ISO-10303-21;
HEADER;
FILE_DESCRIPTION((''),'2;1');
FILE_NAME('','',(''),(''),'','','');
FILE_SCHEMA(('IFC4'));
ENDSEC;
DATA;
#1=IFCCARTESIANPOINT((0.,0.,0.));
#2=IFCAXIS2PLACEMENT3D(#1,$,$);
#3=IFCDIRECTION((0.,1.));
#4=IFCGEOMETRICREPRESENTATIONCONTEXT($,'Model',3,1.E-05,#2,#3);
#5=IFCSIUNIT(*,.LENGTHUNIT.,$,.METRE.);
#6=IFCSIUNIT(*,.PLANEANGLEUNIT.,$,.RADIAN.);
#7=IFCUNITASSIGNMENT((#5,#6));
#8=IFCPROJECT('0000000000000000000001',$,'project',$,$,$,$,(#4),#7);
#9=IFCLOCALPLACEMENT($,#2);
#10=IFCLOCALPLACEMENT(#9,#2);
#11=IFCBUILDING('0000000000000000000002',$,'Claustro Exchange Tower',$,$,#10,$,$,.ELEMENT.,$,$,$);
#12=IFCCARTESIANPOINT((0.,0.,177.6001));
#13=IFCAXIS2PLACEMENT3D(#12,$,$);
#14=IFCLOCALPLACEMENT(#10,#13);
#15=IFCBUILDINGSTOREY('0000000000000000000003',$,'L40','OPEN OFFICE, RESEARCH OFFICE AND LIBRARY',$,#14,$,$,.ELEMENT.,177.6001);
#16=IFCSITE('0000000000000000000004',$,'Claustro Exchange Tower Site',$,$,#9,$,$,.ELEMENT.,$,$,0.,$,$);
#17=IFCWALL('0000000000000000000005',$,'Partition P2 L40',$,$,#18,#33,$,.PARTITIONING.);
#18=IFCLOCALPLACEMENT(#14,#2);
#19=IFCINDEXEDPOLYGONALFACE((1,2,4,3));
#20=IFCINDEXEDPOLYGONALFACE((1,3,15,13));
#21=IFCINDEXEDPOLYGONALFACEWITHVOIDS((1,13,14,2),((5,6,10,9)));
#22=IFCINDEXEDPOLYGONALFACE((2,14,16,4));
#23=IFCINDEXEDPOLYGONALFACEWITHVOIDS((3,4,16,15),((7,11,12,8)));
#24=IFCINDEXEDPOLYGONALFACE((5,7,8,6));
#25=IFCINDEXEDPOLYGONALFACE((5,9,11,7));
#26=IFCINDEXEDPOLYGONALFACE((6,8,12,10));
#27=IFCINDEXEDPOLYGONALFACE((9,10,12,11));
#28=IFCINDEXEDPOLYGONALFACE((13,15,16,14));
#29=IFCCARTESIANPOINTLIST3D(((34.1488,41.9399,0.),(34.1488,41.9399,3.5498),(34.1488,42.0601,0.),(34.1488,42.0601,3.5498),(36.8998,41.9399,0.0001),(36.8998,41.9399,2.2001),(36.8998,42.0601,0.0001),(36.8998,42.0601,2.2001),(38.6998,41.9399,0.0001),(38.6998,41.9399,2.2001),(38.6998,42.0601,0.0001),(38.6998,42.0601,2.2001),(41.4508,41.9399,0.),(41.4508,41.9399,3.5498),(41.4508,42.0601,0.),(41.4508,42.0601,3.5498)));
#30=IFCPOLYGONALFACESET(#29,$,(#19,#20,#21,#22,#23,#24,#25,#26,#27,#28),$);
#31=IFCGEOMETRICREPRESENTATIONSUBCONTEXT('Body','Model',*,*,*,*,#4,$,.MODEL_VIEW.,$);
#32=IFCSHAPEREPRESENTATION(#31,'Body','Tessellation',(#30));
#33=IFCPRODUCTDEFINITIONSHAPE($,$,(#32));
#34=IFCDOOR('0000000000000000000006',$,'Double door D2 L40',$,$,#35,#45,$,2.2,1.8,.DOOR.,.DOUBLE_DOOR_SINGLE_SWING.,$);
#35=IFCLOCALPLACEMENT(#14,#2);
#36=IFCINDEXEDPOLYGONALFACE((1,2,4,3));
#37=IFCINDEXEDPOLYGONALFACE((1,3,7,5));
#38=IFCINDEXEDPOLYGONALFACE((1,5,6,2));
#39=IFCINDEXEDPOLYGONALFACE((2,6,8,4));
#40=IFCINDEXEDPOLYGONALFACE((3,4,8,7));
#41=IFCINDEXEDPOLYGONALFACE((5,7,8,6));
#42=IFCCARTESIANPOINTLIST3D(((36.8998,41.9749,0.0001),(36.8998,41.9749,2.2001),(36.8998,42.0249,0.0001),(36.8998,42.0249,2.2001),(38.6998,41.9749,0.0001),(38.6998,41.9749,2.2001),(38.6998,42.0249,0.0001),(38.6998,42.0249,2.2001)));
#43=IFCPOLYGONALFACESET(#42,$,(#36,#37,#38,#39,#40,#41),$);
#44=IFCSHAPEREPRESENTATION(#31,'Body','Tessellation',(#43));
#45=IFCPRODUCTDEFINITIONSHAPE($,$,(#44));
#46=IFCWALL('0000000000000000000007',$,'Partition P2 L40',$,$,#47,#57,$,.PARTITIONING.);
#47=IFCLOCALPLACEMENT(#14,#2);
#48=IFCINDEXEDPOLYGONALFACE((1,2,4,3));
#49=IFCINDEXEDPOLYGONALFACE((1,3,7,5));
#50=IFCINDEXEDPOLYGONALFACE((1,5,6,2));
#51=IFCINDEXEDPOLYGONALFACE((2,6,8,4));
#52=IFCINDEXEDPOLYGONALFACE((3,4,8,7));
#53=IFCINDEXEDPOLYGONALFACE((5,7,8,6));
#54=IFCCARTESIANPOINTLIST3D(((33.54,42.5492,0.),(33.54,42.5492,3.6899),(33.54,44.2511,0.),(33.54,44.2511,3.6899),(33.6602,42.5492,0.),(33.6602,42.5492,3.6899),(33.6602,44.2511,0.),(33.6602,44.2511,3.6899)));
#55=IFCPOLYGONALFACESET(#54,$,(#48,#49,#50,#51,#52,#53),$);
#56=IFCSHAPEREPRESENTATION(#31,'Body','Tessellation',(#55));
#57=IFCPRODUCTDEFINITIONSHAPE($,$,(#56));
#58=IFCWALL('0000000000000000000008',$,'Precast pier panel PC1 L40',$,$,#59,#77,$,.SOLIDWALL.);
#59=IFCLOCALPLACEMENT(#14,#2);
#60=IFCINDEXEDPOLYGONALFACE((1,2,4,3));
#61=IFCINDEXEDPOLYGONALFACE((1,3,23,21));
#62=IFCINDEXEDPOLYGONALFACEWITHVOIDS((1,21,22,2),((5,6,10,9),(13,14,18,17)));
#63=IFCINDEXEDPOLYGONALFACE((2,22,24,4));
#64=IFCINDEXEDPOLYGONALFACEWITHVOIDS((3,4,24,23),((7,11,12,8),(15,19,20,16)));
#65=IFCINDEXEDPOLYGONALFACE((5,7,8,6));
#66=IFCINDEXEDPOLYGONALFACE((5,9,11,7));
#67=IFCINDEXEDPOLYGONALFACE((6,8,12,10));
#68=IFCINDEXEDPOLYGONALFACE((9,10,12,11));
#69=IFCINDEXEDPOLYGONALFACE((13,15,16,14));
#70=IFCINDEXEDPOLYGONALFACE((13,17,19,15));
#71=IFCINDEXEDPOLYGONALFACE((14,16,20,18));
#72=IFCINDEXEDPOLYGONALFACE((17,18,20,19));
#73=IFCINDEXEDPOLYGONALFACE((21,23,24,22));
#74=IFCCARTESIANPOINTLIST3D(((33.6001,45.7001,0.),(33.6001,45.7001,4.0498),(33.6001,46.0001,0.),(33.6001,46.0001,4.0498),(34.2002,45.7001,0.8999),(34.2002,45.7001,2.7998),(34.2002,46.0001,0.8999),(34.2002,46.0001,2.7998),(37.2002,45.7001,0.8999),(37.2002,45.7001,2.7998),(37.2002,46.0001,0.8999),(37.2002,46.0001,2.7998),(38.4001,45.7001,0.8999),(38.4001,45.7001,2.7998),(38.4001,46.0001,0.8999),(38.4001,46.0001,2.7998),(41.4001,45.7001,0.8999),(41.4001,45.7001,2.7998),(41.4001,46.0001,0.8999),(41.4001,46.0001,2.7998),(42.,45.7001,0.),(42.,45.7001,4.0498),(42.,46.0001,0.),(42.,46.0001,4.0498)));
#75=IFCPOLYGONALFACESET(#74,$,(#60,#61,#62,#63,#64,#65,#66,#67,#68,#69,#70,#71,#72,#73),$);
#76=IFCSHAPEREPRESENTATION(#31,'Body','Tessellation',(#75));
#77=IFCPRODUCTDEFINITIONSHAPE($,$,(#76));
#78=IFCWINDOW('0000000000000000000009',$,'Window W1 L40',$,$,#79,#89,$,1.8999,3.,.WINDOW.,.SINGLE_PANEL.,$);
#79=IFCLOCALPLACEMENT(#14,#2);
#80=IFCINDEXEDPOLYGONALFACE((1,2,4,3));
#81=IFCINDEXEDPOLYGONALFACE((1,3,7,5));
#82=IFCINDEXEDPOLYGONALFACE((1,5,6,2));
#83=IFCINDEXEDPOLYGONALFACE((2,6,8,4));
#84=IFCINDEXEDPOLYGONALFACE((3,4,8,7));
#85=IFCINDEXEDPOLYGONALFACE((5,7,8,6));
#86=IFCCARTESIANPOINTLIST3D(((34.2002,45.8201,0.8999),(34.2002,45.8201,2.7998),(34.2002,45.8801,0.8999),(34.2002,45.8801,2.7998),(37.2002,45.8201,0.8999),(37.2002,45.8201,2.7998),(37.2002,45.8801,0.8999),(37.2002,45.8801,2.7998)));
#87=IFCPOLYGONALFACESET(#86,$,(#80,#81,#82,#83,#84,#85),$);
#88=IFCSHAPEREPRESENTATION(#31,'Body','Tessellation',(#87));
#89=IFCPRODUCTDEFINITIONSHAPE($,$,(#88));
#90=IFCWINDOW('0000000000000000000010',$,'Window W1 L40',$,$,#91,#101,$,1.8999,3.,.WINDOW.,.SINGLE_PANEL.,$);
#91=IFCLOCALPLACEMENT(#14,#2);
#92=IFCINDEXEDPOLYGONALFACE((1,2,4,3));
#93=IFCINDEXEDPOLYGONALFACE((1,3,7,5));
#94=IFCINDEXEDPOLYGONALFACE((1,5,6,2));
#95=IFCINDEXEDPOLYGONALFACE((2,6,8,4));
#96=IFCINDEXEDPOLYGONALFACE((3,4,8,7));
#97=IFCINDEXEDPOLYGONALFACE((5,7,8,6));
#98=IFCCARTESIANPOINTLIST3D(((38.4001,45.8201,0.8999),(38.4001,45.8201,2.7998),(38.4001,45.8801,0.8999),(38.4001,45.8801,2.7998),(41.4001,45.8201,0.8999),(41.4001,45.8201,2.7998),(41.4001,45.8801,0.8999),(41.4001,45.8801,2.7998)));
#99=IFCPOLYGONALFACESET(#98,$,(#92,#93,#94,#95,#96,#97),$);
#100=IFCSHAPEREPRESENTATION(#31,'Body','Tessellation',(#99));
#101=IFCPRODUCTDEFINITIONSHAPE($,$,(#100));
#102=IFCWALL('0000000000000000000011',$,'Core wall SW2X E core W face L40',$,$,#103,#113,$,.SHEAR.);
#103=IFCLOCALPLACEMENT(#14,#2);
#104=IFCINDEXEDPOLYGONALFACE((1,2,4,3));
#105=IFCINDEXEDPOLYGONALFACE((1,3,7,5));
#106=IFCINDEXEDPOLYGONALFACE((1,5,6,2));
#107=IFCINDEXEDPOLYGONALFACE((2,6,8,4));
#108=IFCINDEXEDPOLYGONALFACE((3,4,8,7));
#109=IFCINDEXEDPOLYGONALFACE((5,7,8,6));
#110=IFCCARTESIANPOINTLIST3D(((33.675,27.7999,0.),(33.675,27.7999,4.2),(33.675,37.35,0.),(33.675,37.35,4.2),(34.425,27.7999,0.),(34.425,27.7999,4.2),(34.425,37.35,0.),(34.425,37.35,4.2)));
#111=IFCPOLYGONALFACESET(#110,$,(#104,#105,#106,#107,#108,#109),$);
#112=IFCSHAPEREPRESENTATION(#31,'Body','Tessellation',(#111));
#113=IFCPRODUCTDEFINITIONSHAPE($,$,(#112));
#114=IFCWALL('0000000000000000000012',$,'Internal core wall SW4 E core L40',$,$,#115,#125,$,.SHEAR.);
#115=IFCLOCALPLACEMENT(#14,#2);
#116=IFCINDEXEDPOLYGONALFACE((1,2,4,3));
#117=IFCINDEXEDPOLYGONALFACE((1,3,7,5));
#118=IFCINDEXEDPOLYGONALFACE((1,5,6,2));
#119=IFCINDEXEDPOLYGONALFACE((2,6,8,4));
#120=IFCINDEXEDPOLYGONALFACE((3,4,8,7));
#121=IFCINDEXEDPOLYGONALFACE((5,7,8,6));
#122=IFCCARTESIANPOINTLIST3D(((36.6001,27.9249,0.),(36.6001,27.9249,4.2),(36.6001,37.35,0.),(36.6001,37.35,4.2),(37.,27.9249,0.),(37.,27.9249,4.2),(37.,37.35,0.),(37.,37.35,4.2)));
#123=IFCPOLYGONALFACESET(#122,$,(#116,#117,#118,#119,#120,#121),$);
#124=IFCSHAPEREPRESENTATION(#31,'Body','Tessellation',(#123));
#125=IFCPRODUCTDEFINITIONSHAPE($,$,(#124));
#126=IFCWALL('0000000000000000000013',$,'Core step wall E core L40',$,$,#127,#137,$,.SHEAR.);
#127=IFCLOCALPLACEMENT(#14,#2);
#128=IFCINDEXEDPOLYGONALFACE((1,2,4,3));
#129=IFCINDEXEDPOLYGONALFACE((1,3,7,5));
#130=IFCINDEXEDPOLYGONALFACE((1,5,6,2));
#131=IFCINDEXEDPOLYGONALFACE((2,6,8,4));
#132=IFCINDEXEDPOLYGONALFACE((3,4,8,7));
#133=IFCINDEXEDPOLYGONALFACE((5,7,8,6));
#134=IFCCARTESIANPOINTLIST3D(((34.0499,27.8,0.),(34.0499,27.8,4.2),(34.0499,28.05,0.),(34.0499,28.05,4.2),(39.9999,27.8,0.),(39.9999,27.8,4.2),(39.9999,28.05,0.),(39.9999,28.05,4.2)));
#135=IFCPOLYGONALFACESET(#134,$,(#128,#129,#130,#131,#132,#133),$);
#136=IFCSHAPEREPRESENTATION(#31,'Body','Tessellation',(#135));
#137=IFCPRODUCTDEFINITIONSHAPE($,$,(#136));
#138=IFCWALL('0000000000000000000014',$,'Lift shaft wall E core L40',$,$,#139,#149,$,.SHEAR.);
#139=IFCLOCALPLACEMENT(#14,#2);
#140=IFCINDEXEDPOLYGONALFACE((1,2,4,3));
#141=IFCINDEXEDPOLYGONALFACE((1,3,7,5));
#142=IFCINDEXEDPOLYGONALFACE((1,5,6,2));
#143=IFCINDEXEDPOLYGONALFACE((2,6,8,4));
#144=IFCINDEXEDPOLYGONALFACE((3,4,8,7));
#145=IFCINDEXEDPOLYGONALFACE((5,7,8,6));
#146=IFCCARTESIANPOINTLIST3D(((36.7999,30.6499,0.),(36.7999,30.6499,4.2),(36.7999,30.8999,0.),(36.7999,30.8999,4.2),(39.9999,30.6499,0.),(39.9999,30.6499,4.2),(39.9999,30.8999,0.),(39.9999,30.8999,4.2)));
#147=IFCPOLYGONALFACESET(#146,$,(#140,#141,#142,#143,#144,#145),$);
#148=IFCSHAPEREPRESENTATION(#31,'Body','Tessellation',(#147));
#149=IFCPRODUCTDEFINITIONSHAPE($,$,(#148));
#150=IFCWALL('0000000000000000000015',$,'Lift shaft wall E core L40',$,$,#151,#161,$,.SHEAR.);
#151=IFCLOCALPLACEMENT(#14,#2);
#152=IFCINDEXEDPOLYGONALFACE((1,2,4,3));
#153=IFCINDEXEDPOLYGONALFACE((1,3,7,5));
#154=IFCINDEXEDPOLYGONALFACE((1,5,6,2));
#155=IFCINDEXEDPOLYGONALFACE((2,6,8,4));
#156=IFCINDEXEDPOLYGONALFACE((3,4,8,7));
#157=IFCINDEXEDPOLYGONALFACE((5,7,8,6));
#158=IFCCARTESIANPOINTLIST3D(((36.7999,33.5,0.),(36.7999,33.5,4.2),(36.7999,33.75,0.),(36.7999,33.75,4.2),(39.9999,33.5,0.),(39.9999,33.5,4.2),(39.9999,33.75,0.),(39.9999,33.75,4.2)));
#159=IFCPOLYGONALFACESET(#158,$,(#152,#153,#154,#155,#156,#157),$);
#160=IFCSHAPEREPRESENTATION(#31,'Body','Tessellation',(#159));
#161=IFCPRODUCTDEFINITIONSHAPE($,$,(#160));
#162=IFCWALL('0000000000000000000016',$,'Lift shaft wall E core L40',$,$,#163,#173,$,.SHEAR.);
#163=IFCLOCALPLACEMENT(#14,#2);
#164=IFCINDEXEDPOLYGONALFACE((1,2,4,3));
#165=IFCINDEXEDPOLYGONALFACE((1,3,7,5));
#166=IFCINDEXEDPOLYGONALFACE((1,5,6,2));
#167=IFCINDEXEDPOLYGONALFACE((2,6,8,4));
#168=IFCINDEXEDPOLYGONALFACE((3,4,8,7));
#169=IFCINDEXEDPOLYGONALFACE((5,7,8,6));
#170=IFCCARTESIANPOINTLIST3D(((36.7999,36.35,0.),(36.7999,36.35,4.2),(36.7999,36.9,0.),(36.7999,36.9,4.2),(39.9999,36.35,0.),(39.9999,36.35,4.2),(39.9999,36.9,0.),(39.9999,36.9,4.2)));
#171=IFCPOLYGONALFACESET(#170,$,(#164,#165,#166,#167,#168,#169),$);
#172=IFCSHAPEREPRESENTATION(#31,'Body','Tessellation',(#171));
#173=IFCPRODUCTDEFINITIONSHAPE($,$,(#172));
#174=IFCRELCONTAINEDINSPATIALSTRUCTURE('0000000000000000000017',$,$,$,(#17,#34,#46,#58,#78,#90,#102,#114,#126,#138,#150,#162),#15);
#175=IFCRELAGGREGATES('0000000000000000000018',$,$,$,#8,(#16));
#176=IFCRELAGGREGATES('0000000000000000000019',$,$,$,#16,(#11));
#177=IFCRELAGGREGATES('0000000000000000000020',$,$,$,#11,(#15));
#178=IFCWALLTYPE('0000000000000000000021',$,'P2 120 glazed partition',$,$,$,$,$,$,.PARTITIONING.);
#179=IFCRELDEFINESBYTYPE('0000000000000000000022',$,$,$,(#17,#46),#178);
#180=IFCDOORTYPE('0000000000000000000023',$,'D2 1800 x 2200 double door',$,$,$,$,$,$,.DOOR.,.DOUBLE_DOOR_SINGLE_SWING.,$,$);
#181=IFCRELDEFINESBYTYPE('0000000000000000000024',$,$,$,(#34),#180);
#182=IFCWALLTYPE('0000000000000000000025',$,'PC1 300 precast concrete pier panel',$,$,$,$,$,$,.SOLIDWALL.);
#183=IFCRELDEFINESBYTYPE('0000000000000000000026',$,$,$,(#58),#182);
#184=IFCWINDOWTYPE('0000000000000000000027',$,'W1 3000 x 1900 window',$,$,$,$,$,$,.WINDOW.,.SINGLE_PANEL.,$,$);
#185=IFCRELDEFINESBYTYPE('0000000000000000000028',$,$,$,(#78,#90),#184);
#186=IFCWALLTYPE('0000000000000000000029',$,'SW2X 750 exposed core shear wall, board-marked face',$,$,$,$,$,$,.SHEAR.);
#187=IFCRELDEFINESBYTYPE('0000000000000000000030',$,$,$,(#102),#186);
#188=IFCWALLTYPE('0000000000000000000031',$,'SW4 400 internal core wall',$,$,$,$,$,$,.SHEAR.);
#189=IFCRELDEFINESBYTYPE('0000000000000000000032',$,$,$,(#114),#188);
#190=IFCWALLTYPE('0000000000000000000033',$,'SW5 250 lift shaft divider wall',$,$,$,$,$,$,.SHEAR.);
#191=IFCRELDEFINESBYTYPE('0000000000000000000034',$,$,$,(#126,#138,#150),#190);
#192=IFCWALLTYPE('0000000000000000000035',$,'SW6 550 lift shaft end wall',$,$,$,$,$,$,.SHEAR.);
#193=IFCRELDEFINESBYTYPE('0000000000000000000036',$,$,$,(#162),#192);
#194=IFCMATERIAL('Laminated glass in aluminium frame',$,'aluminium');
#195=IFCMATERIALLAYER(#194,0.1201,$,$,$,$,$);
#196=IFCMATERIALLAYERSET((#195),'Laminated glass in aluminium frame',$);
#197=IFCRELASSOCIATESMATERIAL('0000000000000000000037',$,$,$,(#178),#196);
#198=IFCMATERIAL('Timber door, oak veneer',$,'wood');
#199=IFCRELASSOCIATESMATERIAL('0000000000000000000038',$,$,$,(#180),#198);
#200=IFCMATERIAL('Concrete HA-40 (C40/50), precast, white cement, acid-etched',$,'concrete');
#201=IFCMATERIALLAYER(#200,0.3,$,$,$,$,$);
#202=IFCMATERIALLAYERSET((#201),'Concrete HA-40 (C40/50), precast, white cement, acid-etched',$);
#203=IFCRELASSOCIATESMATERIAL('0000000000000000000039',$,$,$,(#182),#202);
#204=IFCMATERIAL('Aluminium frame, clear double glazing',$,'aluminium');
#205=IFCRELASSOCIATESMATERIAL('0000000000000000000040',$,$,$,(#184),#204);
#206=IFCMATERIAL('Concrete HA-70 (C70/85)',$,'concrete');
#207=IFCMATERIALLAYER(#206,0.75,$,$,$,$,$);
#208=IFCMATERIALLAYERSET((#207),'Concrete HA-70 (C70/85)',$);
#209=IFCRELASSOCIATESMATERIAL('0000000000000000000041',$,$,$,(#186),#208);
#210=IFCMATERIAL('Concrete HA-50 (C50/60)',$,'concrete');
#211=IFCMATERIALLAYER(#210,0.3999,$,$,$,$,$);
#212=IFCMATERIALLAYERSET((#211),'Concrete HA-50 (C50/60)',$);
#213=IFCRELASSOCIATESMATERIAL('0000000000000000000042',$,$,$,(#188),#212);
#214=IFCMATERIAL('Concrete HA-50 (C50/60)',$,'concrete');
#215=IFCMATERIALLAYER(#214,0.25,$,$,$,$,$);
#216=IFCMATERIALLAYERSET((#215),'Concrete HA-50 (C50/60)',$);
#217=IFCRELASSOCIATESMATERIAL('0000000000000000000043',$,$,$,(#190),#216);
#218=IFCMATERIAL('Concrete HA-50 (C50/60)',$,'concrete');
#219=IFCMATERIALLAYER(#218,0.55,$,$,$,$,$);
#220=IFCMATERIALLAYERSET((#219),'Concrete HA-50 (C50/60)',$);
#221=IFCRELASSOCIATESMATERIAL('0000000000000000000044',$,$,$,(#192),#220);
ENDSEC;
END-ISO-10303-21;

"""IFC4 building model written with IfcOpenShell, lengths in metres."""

from ifc_helpers import new_model, si_unit, direction, frame, frame_2d, origin, place, context, subcontext, project, spatial, rectangle, extrude, material, layer, layer_set, type_object, element, fill, save


model = new_model("IFC4")

# Units and contexts
model_context = context("Model", 3, precision=1e-05, world=origin(), true_north=direction((0.0, 1.0)))
body_context = subcontext(model_context, "Body", "Model", "MODEL_VIEW")
ifc_project = project(units=[si_unit("LENGTHUNIT", "METRE"), si_unit("PLANEANGLEUNIT", "RADIAN")], contexts=[model_context])

# Site, building, storey
site_placement = place(None, origin())
site = spatial("IfcSite", under=ifc_project, at=site_placement, Name="Claustro Exchange Tower Site", CompositionType="ELEMENT", RefElevation=0.0)
building_placement = place(site_placement, origin())
building = spatial("IfcBuilding", under=site, at=building_placement, Name="Claustro Exchange Tower", CompositionType="ELEMENT")
storey_placement = place(building_placement, frame((0.0, 0.0, 177.6001)))
storey = spatial("IfcBuildingStorey", under=building, at=storey_placement, Name="L40", Description="OPEN OFFICE, RESEARCH OFFICE AND LIBRARY", CompositionType="ELEMENT", Elevation=177.6001)

# Wall, opening, door
ifc_material_1 = material(Name="Laminated glass in aluminium frame", Category="aluminium")
ifc_layer_1 = layer(ifc_material_1, 0.1201)
ifc_layer_set_1 = layer_set([ifc_layer_1], Name="Laminated glass in aluminium frame")
wall_type_1 = type_object("IfcWallType", Name="P2 120 glazed partition", PredefinedType="PARTITIONING", material=ifc_layer_set_1)
wall_1_placement = place(storey_placement, frame((34.1489, 42.0, 0.0), z_axis=(0.0, 0.0, 1.0), x_axis=(1.0, 0.0, 0.0)))
wall_1 = element("IfcWall", 1, at=wall_1_placement, inside=storey, type_object=wall_type_1, Name="Partition P2 L40", PredefinedType="PARTITIONING", context=body_context, shape_type="SweptSolid", body=[
    extrude(rectangle(XDim=7.302, YDim=0.1201, at=frame_2d((3.6509, 0.0))), origin(), (0.0, 0.0, 1.0), 3.5498),
])
opening_1_placement = place(wall_1_placement, frame((2.751, 0.0, 0.0)))
opening_1 = element("IfcOpeningElement", 2, at=opening_1_placement, cuts=wall_1, PredefinedType="OPENING", context=body_context, shape_type="SweptSolid", body=[
    extrude(rectangle(XDim=1.8, YDim=2.2, at=frame_2d((0.8999, 1.1001))), frame((0.0, 0.0701, 0.0), z_axis=(0.0, -1.0, 0.0), x_axis=(1.0, 0.0, 0.0)), (0.0, 0.0, 1.0), 0.1401),
])
ifc_material_2 = material(Name="Timber door, oak veneer", Category="wood")
door_type_1 = type_object("IfcDoorType", Name="D2 1800 x 2200 double door", OperationType="DOUBLE_DOOR_SINGLE_SWING", PredefinedType="DOOR", material=ifc_material_2)
door_1_placement = place(opening_1_placement, origin())
door_1 = element("IfcDoor", 3, at=door_1_placement, inside=storey, type_object=door_type_1, Name="Double door D2 L40", OperationType="DOUBLE_DOOR_SINGLE_SWING", OverallHeight=2.2, OverallWidth=1.8, PredefinedType="DOOR", context=body_context, shape_type="SweptSolid", body=[
    extrude(rectangle(XDim=1.8, YDim=2.2, at=frame_2d((0.8999, 1.1001))), frame((0.0, 0.0249, 0.0), z_axis=(0.0, -1.0, 0.0), x_axis=(1.0, 0.0, 0.0)), (0.0, 0.0, 1.0), 0.05),
])
fill(opening_1, door_1)

# Wall
wall_2_placement = place(storey_placement, frame((33.6001, 42.5491, 0.0), z_axis=(0.0, 0.0, 1.0), x_axis=(0.0, 1.0, 0.0)))
element("IfcWall", 4, at=wall_2_placement, inside=storey, type_object=wall_type_1, Name="Partition P2 L40", PredefinedType="PARTITIONING", context=body_context, shape_type="SweptSolid", body=[
    extrude(rectangle(XDim=1.7019, YDim=0.1201, at=frame_2d((0.8511, 0.0))), origin(), (0.0, 0.0, 1.0), 3.6899),
])

# Wall, openings, windows
ifc_material_3 = material(Name="Concrete HA-40 (C40/50), precast, white cement, acid-etched", Category="concrete")
ifc_layer_2 = layer(ifc_material_3, 0.3)
ifc_layer_set_2 = layer_set([ifc_layer_2], Name="Concrete HA-40 (C40/50), precast, white cement, acid-etched")
wall_type_2 = type_object("IfcWallType", Name="PC1 300 precast concrete pier panel", PredefinedType="SOLIDWALL", material=ifc_layer_set_2)
wall_3_placement = place(storey_placement, frame((33.6001, 45.8501, 0.0), z_axis=(0.0, 0.0, 1.0), x_axis=(1.0, 0.0, 0.0)))
wall_3 = element("IfcWall", 5, at=wall_3_placement, inside=storey, type_object=wall_type_2, Name="Precast pier panel PC1 L40", PredefinedType="SOLIDWALL", context=body_context, shape_type="SweptSolid", body=[
    extrude(rectangle(XDim=8.3999, YDim=0.3, at=frame_2d((4.2, 0.0))), origin(), (0.0, 0.0, 1.0), 4.0498),
])
opening_2_placement = place(wall_3_placement, frame((0.6001, 0.0, 0.8999)))
opening_2 = element("IfcOpeningElement", 6, at=opening_2_placement, cuts=wall_3, PredefinedType="OPENING", context=body_context, shape_type="SweptSolid", body=[
    extrude(rectangle(XDim=3.0, YDim=1.8999, at=frame_2d((1.5, 0.95))), frame((0.0, 0.1599, 0.0), z_axis=(0.0, -1.0, 0.0), x_axis=(1.0, 0.0, 0.0)), (0.0, 0.0, 1.0), 0.3201),
])
opening_3_placement = place(wall_3_placement, frame((4.8, 0.0, 0.8999)))
opening_3 = element("IfcOpeningElement", 7, at=opening_3_placement, cuts=wall_3, PredefinedType="OPENING", context=body_context, shape_type="SweptSolid", body=[
    extrude(rectangle(XDim=3.0, YDim=1.8999, at=frame_2d((1.5, 0.95))), frame((0.0, 0.1599, 0.0), z_axis=(0.0, -1.0, 0.0), x_axis=(1.0, 0.0, 0.0)), (0.0, 0.0, 1.0), 0.3201),
])
ifc_material_4 = material(Name="Aluminium frame, clear double glazing", Category="aluminium")
window_type = type_object("IfcWindowType", Name="W1 3000 x 1900 window", PartitioningType="SINGLE_PANEL", PredefinedType="WINDOW", material=ifc_material_4)
window_1_placement = place(opening_2_placement, origin())
window_1 = element("IfcWindow", 8, at=window_1_placement, inside=storey, type_object=window_type, Name="Window W1 L40", OverallHeight=1.8999, OverallWidth=3.0, PartitioningType="SINGLE_PANEL", PredefinedType="WINDOW", context=body_context, shape_type="SweptSolid", body=[
    extrude(rectangle(XDim=3.0, YDim=1.8999, at=frame_2d((1.5, 0.95))), frame((0.0, 0.03, 0.0), z_axis=(0.0, -1.0, 0.0), x_axis=(1.0, 0.0, 0.0)), (0.0, 0.0, 1.0), 0.0601),
])
fill(opening_2, window_1)
window_2_placement = place(opening_3_placement, origin())
window_2 = element("IfcWindow", 9, at=window_2_placement, inside=storey, type_object=window_type, Name="Window W1 L40", OverallHeight=1.8999, OverallWidth=3.0, PartitioningType="SINGLE_PANEL", PredefinedType="WINDOW", context=body_context, shape_type="SweptSolid", body=[
    extrude(rectangle(XDim=3.0, YDim=1.8999, at=frame_2d((1.5, 0.95))), frame((0.0, 0.03, 0.0), z_axis=(0.0, -1.0, 0.0), x_axis=(1.0, 0.0, 0.0)), (0.0, 0.0, 1.0), 0.0601),
])
fill(opening_3, window_2)

# Walls
ifc_material_5 = material(Name="Concrete HA-70 (C70/85)", Category="concrete")
ifc_layer_3 = layer(ifc_material_5, 0.75)
ifc_layer_set_3 = layer_set([ifc_layer_3], Name="Concrete HA-70 (C70/85)")
wall_type_3 = type_object("IfcWallType", Name="SW2X 750 exposed core shear wall, board-marked face", PredefinedType="SHEAR", material=ifc_layer_set_3)
wall_4_placement = place(storey_placement, frame((34.05, 27.8, 0.0), z_axis=(0.0, 0.0, 1.0), x_axis=(0.0, 1.0, 0.0)))
element("IfcWall", 10, at=wall_4_placement, inside=storey, type_object=wall_type_3, Name="Core wall SW2X E core W face L40", PredefinedType="SHEAR", context=body_context, shape_type="SweptSolid", body=[
    extrude(rectangle(XDim=9.55, YDim=0.75, at=frame_2d((4.7749, 0.0))), origin(), (0.0, 0.0, 1.0), 4.2),
])
ifc_material_6 = material(Name="Concrete HA-50 (C50/60)", Category="concrete")
ifc_layer_4 = layer(ifc_material_6, 0.3999)
ifc_layer_set_4 = layer_set([ifc_layer_4], Name="Concrete HA-50 (C50/60)")
wall_type_4 = type_object("IfcWallType", Name="SW4 400 internal core wall", PredefinedType="SHEAR", material=ifc_layer_set_4)
wall_5_placement = place(storey_placement, frame((36.8, 27.925, 0.0), z_axis=(0.0, 0.0, 1.0), x_axis=(0.0, 1.0, 0.0)))
element("IfcWall", 11, at=wall_5_placement, inside=storey, type_object=wall_type_4, Name="Internal core wall SW4 E core L40", PredefinedType="SHEAR", context=body_context, shape_type="SweptSolid", body=[
    extrude(rectangle(XDim=9.425, YDim=0.3999, at=frame_2d((4.7124, 0.0))), origin(), (0.0, 0.0, 1.0), 4.2),
])
ifc_material_7 = material(Name="Concrete HA-50 (C50/60)", Category="concrete")
ifc_layer_5 = layer(ifc_material_7, 0.25)
ifc_layer_set_5 = layer_set([ifc_layer_5], Name="Concrete HA-50 (C50/60)")
wall_type_5 = type_object("IfcWallType", Name="SW5 250 lift shaft divider wall", PredefinedType="SHEAR", material=ifc_layer_set_5)
wall_6_placement = place(storey_placement, frame((40.0, 27.925, 0.0), z_axis=(0.0, 0.0, 1.0), x_axis=(-1.0, 0.0, 0.0)))
element("IfcWall", 12, at=wall_6_placement, inside=storey, type_object=wall_type_5, Name="Core step wall E core L40", PredefinedType="SHEAR", context=body_context, shape_type="SweptSolid", body=[
    extrude(rectangle(XDim=5.95, YDim=0.25, at=frame_2d((2.9751, 0.0))), origin(), (0.0, 0.0, 1.0), 4.2),
])
for number, where, z_axis, x_axis, name in (
    (13, (40.0, 30.7749, 0.0), (0.0, 0.0, 1.0), (-1.0, 0.0, 0.0), "Lift shaft wall E core L40"),
    (14, (40.0, 33.625, 0.0), (0.0, 0.0, 1.0), (-1.0, 0.0, 0.0), "Lift shaft wall E core L40"),
):
    element("IfcWall", number, at=place(storey_placement, frame(where, z_axis=z_axis, x_axis=x_axis)), inside=storey, type_object=wall_type_5, Name=name, PredefinedType="SHEAR", context=body_context, shape_type="SweptSolid", body=[
        extrude(rectangle(XDim=3.2, YDim=0.25, at=frame_2d((1.6001, 0.0))), origin(), (0.0, 0.0, 1.0), 4.2),
    ])
ifc_material_8 = material(Name="Concrete HA-50 (C50/60)", Category="concrete")
ifc_layer_6 = layer(ifc_material_8, 0.55)
ifc_layer_set_6 = layer_set([ifc_layer_6], Name="Concrete HA-50 (C50/60)")
wall_type_6 = type_object("IfcWallType", Name="SW6 550 lift shaft end wall", PredefinedType="SHEAR", material=ifc_layer_set_6)
wall_7_placement = place(storey_placement, frame((40.0, 36.625, 0.0), z_axis=(0.0, 0.0, 1.0), x_axis=(-1.0, 0.0, 0.0)))
element("IfcWall", 15, at=wall_7_placement, inside=storey, type_object=wall_type_6, Name="Lift shaft wall E core L40", PredefinedType="SHEAR", context=body_context, shape_type="SweptSolid", body=[
    extrude(rectangle(XDim=3.2, YDim=0.55, at=frame_2d((1.6001, 0.0))), origin(), (0.0, 0.0, 1.0), 4.2),
])

save(model, "model.ifc")
